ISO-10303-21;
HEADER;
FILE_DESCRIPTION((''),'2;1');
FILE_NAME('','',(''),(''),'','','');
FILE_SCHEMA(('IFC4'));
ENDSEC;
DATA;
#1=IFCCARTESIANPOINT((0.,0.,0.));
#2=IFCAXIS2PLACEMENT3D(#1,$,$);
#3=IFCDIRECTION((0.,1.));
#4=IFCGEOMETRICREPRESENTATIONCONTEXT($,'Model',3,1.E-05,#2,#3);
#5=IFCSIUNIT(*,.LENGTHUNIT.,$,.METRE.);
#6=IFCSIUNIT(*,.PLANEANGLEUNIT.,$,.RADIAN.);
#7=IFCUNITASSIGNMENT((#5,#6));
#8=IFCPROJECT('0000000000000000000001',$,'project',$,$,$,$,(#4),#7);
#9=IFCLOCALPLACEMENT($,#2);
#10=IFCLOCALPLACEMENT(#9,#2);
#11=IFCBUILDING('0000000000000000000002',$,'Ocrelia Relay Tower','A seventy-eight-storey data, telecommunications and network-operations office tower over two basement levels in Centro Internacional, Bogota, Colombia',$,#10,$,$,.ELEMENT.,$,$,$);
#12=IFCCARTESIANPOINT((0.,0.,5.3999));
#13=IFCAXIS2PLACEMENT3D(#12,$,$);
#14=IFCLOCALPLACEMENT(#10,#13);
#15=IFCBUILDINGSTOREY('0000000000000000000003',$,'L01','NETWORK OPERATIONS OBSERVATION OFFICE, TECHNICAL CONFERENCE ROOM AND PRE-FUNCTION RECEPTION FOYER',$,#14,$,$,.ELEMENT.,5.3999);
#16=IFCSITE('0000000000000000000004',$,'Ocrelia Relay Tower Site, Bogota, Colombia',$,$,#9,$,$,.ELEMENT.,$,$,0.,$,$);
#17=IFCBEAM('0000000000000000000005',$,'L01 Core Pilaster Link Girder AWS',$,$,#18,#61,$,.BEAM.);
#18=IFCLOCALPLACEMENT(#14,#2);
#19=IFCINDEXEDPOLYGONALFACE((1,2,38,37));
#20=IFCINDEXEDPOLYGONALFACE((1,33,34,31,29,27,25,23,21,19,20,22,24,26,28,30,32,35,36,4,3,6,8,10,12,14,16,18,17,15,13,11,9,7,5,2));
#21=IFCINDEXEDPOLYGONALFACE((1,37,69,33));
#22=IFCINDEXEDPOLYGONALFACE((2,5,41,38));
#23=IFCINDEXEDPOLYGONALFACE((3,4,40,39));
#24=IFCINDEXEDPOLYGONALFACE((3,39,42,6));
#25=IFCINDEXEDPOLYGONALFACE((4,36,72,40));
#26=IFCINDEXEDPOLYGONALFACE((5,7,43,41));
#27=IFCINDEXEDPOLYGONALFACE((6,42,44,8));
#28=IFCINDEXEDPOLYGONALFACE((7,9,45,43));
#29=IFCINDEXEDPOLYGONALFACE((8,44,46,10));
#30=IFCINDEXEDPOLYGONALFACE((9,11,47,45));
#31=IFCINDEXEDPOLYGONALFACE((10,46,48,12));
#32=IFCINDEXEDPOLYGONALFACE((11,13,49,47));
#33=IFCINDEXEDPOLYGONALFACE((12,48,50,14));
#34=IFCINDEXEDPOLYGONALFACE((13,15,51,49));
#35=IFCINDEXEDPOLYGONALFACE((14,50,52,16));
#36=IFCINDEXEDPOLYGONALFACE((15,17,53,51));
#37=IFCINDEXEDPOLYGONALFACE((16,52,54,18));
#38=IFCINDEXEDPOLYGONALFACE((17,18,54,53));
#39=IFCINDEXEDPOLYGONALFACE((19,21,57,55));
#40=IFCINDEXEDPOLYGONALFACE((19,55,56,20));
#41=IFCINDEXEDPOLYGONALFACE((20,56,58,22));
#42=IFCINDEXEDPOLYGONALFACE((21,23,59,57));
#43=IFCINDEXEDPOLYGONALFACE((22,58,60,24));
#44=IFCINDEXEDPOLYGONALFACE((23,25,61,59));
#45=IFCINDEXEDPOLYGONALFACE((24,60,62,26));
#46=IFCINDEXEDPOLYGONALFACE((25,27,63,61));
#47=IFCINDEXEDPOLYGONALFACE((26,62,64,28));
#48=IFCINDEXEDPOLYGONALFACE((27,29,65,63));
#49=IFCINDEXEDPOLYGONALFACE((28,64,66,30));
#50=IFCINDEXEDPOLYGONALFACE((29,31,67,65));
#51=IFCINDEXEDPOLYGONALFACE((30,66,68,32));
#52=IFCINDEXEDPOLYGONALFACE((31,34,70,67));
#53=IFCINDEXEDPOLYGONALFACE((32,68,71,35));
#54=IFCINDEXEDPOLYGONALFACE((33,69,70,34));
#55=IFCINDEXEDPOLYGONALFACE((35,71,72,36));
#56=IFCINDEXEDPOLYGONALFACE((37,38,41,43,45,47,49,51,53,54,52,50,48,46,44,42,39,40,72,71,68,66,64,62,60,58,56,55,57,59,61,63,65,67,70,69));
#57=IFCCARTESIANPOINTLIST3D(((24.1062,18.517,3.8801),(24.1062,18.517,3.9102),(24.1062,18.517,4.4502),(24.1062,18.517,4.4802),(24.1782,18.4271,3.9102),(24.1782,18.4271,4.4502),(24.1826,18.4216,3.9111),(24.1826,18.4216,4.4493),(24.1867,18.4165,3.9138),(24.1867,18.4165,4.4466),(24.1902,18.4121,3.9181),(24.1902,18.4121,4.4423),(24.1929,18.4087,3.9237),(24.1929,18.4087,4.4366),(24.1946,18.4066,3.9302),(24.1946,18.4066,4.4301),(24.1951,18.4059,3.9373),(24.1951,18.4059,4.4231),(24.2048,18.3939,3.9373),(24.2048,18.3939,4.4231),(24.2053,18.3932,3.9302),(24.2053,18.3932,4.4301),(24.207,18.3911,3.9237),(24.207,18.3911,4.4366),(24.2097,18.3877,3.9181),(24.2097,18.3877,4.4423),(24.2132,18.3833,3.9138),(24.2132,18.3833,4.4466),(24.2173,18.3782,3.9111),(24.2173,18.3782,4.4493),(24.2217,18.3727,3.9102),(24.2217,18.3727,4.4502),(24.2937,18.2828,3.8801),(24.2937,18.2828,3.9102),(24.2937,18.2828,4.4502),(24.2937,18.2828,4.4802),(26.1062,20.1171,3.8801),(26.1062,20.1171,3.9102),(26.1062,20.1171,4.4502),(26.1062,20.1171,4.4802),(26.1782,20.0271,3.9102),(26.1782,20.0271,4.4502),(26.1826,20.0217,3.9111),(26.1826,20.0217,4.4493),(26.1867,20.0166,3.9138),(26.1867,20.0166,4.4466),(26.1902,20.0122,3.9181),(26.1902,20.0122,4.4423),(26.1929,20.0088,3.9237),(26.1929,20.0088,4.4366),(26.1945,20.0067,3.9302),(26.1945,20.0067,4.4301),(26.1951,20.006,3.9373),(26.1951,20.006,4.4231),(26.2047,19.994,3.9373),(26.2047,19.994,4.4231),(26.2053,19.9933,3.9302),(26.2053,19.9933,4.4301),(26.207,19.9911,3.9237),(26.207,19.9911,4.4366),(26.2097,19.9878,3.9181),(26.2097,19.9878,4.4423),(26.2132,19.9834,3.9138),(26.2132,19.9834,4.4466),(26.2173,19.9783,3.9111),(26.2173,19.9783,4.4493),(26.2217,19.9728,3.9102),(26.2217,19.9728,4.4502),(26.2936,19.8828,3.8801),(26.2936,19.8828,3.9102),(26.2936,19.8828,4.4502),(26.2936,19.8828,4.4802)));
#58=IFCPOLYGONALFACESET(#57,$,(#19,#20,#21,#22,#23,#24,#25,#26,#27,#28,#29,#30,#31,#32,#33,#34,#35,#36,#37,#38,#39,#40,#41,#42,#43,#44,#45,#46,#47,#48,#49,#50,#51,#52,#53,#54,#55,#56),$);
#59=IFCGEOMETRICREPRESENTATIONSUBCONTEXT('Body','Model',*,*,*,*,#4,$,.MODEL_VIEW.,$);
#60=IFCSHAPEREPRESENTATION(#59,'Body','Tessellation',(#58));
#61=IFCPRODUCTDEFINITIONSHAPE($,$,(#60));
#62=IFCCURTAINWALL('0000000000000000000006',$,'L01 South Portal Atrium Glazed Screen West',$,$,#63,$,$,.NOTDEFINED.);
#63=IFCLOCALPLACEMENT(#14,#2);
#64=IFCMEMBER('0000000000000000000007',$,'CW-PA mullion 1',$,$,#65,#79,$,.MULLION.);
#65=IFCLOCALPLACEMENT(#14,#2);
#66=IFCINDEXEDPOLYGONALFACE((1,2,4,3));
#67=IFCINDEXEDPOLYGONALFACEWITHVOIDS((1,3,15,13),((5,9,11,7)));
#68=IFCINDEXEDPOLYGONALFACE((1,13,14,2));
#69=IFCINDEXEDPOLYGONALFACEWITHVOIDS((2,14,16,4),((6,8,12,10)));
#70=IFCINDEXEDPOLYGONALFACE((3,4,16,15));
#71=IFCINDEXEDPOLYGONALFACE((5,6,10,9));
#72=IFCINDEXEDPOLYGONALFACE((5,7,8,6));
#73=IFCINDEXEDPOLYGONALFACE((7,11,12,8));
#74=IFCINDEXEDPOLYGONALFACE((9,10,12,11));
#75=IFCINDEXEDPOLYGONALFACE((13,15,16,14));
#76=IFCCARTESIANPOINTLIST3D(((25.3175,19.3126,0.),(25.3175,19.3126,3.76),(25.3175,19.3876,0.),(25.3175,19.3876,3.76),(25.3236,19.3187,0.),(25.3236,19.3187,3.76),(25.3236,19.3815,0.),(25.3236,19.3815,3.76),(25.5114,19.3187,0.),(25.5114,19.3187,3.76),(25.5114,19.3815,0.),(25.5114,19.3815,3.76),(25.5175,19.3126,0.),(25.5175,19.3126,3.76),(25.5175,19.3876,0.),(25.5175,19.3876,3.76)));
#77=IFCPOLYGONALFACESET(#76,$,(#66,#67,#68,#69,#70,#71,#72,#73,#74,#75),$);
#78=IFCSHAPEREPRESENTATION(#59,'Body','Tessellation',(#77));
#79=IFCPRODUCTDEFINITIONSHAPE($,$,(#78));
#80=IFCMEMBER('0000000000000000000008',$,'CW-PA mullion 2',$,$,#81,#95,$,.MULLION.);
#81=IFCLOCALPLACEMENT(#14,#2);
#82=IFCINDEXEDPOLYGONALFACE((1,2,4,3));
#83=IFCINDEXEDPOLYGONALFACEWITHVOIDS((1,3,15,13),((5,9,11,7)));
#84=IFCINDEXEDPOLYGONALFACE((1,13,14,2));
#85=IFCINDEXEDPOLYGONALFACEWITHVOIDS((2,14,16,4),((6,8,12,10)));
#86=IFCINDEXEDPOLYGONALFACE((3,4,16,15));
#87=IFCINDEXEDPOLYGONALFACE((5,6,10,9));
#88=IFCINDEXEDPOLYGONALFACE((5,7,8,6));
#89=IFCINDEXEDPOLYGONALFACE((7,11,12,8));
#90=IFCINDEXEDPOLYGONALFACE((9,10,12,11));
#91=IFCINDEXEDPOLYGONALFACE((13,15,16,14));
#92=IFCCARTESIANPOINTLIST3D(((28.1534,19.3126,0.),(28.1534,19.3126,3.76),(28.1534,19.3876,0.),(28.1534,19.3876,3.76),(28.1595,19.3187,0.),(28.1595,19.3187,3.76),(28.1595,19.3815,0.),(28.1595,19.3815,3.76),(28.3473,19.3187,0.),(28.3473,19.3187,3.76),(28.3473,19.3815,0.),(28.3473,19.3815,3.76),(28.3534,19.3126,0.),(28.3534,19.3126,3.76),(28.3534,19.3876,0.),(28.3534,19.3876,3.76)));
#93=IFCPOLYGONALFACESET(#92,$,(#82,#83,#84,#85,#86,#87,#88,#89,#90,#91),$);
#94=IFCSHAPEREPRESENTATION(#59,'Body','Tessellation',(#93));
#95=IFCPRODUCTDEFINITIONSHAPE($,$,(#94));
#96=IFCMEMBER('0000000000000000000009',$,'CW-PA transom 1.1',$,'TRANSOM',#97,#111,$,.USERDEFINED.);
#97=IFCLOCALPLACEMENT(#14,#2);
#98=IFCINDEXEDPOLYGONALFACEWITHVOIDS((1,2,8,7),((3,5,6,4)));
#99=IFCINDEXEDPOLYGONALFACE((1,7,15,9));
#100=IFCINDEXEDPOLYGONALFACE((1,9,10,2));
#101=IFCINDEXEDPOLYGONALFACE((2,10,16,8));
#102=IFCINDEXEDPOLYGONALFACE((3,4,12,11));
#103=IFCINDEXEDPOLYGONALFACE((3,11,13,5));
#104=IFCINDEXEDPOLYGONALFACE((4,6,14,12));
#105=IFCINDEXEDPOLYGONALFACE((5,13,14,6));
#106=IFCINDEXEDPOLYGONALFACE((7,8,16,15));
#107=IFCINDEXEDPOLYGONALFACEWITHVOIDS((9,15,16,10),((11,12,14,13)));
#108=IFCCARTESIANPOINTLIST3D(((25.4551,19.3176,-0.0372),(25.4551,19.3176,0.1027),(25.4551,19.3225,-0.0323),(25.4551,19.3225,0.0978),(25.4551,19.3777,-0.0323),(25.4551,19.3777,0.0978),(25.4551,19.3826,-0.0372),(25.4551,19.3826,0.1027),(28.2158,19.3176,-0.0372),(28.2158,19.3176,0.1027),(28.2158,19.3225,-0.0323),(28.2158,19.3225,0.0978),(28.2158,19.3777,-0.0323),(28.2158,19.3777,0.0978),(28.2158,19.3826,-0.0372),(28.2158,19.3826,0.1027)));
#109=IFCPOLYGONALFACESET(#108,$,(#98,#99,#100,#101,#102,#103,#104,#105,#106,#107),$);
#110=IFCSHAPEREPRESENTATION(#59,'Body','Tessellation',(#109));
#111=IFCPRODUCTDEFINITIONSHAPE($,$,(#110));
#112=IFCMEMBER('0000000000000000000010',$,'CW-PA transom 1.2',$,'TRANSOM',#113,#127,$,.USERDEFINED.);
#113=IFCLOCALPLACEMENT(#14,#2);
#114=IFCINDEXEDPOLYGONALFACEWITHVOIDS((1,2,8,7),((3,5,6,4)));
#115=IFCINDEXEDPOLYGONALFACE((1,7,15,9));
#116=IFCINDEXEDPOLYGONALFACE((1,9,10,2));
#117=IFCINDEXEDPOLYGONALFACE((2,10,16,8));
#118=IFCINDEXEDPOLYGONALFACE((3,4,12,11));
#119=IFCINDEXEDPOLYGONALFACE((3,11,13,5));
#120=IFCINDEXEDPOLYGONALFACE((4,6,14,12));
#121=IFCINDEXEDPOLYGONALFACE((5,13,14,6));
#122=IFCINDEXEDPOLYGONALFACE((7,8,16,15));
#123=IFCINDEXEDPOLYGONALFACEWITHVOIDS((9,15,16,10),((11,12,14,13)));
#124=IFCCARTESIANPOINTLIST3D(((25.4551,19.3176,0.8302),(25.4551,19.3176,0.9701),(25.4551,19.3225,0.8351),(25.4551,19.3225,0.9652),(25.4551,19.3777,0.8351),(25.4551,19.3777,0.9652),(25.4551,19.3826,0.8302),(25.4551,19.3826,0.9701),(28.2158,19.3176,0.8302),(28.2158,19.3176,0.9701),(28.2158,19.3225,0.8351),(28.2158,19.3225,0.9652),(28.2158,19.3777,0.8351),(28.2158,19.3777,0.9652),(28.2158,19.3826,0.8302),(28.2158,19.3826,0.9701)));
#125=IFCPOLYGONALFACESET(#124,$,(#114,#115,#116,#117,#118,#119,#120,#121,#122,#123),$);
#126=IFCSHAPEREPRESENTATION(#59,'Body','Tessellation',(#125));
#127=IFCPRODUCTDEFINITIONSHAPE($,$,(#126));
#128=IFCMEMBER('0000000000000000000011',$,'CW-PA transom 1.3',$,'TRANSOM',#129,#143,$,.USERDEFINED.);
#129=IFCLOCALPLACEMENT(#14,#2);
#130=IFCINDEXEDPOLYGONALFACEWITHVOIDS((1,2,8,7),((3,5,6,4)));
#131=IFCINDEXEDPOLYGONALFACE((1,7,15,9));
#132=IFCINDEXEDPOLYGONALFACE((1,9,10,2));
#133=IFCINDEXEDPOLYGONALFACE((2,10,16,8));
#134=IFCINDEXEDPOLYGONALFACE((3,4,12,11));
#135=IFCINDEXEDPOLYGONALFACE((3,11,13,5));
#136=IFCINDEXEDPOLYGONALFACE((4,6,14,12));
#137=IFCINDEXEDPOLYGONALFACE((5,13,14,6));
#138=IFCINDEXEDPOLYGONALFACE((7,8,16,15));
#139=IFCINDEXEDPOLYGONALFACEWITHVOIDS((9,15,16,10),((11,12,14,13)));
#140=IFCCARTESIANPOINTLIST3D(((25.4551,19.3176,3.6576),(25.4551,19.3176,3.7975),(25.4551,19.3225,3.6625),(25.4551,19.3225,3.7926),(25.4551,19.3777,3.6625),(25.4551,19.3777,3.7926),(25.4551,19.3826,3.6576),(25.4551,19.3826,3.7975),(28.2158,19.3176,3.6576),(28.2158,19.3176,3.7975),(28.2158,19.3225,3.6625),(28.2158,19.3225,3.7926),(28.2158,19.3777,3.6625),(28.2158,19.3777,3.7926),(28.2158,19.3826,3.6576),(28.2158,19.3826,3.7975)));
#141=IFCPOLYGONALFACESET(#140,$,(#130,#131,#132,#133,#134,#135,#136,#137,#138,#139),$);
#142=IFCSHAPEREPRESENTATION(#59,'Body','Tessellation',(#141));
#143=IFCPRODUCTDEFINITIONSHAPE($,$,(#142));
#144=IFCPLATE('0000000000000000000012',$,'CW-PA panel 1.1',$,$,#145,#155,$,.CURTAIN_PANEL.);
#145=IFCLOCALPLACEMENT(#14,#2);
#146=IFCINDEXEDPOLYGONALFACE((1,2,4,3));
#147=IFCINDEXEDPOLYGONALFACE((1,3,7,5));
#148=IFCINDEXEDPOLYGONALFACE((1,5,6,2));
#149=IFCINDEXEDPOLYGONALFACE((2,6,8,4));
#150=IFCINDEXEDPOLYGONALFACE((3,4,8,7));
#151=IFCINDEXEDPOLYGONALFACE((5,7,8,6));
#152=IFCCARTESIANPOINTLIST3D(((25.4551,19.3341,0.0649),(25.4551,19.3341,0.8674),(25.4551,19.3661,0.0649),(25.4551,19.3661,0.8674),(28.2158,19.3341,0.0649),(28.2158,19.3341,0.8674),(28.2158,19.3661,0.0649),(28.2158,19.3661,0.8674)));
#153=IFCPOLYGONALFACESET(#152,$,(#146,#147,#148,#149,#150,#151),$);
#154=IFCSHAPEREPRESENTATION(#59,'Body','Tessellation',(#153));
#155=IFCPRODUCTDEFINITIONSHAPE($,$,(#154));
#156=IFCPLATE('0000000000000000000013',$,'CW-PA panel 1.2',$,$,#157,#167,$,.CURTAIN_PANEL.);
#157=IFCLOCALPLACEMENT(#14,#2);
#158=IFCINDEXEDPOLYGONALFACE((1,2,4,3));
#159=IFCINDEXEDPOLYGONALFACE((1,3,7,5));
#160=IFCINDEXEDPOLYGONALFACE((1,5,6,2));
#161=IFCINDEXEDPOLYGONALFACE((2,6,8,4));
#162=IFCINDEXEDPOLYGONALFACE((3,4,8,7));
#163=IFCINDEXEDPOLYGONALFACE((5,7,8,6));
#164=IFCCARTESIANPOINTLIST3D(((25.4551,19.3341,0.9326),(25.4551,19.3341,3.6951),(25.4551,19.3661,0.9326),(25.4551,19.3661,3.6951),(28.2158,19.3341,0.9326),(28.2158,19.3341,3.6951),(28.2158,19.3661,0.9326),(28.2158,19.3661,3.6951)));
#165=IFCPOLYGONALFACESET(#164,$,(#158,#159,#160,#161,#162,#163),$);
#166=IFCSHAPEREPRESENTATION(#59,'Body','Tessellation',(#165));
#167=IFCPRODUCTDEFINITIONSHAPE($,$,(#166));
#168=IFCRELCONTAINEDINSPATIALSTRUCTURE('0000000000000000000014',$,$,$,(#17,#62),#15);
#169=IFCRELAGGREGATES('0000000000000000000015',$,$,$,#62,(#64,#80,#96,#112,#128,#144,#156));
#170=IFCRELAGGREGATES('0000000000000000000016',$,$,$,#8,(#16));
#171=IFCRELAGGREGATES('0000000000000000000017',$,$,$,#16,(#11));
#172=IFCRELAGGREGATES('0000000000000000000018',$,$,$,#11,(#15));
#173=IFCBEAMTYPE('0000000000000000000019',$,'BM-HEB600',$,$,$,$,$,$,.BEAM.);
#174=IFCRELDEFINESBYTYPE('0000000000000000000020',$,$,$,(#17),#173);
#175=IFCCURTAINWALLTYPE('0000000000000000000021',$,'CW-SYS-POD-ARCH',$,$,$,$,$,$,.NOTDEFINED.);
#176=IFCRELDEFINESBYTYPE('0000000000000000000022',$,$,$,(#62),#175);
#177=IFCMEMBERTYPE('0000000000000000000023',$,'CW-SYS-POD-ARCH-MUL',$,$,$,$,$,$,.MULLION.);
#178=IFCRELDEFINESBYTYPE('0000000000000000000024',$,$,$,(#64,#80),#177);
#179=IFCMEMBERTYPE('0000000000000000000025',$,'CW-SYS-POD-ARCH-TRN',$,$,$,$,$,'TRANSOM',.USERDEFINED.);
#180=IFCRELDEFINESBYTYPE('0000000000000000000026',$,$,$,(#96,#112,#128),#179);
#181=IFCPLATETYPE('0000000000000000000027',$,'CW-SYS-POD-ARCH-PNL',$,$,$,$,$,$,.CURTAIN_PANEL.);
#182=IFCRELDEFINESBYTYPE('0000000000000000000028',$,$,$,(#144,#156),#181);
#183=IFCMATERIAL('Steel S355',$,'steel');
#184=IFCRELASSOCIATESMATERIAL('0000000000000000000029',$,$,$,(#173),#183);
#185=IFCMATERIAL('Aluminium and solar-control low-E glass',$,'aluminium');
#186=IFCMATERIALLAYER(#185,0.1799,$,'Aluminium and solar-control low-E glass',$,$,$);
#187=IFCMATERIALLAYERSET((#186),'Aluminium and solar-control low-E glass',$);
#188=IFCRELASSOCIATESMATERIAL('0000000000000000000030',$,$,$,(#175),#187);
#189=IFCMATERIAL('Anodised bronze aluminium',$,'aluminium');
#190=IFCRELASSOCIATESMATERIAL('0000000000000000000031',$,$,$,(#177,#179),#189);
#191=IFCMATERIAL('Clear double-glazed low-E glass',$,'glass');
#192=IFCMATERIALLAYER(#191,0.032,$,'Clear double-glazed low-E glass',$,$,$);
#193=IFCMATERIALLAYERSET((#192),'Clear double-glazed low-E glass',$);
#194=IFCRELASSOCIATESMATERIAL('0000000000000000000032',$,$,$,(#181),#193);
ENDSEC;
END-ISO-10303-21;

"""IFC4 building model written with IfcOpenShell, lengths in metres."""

from ifc_helpers import new_model, si_unit, direction, frame, origin, origin_2d, place, context, subcontext, project, spatial, rectangle, hollow_rectangle, i_section, extrude, material, layer, layer_set, material_profile, profile_set, type_object, element, aggregate, save


model = new_model("IFC4")

# Units and contexts
model_context = context("Model", 3, precision=1e-05, world=origin(), true_north=direction((0.0, 1.0)))
body_context = subcontext(model_context, "Body", "Model", "MODEL_VIEW")
ifc_project = project(units=[si_unit("LENGTHUNIT", "METRE"), si_unit("PLANEANGLEUNIT", "RADIAN")], contexts=[model_context])

# Site, building, storey
site_placement = place(None, origin())
site = spatial("IfcSite", under=ifc_project, at=site_placement, Name="Ocrelia Relay Tower Site, Bogota, Colombia", CompositionType="ELEMENT", RefElevation=0.0)
building_placement = place(site_placement, origin())
building = spatial("IfcBuilding", under=site, at=building_placement, Name="Ocrelia Relay Tower", Description="A seventy-eight-storey data, telecommunications and network-operations office tower over two basement levels in Centro Internacional, Bogota, Colombia", CompositionType="ELEMENT")
storey_placement = place(building_placement, frame((0.0, 0.0, 5.3999)))
storey = spatial("IfcBuildingStorey", under=building, at=storey_placement, Name="L01", Description="NETWORK OPERATIONS OBSERVATION OFFICE, TECHNICAL CONFERENCE ROOM AND PRE-FUNCTION RECEPTION FOYER", CompositionType="ELEMENT", Elevation=5.3999)

# Beam
ifc_material_1 = material(Name="Steel S355", Category="steel")
ifc_material_profile_1 = material_profile(ifc_material_1, i_section(OverallWidth=0.3, OverallDepth=0.6001, WebThickness=0.0154, FlangeThickness=0.03, FilletRadius=0.0271, at=origin_2d()), Name="HEB 600")
ifc_profile_set_1 = profile_set([ifc_material_profile_1], Name="Steel S355")
beam_type_1 = type_object("IfcBeamType", Name="BM-HEB600", PredefinedType="BEAM", material=ifc_profile_set_1)
beam_1_placement = place(storey_placement, frame((24.2, 18.3999, 4.1802), z_axis=(0.78085, 0.624718, 0.0), x_axis=(-0.624718, 0.78085, 0.0)))
element("IfcBeam", 1, at=beam_1_placement, inside=storey, type_object=beam_type_1, Name="L01 Core Pilaster Link Girder AWS", PredefinedType="BEAM", context=body_context, shape_type="SweptSolid", body=[
    extrude(i_section(OverallWidth=0.3, OverallDepth=0.6001, WebThickness=0.0154, FlangeThickness=0.03, FilletRadius=0.0271, at=origin_2d()), origin(), (0.0, 0.0, 1.0), 2.5613),
])

# Curtain wall, members, plates
ifc_material_2 = material(Name="Aluminium and solar-control low-E glass", Category="aluminium")
ifc_layer_1 = layer(ifc_material_2, 0.1799, Name="Aluminium and solar-control low-E glass")
ifc_layer_set_1 = layer_set([ifc_layer_1], Name="Aluminium and solar-control low-E glass")
curtain_wall_type = type_object("IfcCurtainWallType", Name="CW-SYS-POD-ARCH", PredefinedType="NOTDEFINED", material=ifc_layer_set_1)
curtain_wall_placement = place(storey_placement, origin())
curtain_wall = element("IfcCurtainWall", 2, at=curtain_wall_placement, inside=storey, type_object=curtain_wall_type, Name="L01 South Portal Atrium Glazed Screen West", PredefinedType="NOTDEFINED")
ifc_material_3 = material(Name="Anodised bronze aluminium", Category="aluminium")
ifc_material_profile_2 = material_profile(ifc_material_3, hollow_rectangle(XDim=0.075, YDim=0.2, WallThickness=0.0061, at=origin_2d()), Name="CW-MUL-200x75")
ifc_profile_set_2 = profile_set([ifc_material_profile_2], Name="Anodised bronze aluminium")
member_type_1 = type_object("IfcMemberType", Name="CW-SYS-POD-ARCH-MUL", PredefinedType="MULLION", material=ifc_profile_set_2)
member_1_placement = place(storey_placement, frame((25.4175, 19.3501, 0.0), z_axis=(0.0, 0.0, 1.0), x_axis=(0.0, 1.0, 0.0)))
member_1 = element("IfcMember", 3, at=member_1_placement, type_object=member_type_1, Name="CW-PA mullion 1", PredefinedType="MULLION", context=body_context, shape_type="SweptSolid", body=[
    extrude(hollow_rectangle(XDim=0.075, YDim=0.2, WallThickness=0.0061, at=origin_2d()), origin(), (0.0, 0.0, 1.0), 3.76),
])
member_2_placement = place(storey_placement, frame((28.2534, 19.3501, 0.0), z_axis=(0.0, 0.0, 1.0), x_axis=(0.0, 1.0, 0.0)))
member_2 = element("IfcMember", 4, at=member_2_placement, type_object=member_type_1, Name="CW-PA mullion 2", PredefinedType="MULLION", context=body_context, shape_type="SweptSolid", body=[
    extrude(hollow_rectangle(XDim=0.075, YDim=0.2, WallThickness=0.0061, at=origin_2d()), origin(), (0.0, 0.0, 1.0), 3.76),
])
ifc_material_profile_3 = material_profile(ifc_material_3, hollow_rectangle(XDim=0.0649, YDim=0.1399, WallThickness=0.0049, at=origin_2d()), Name="CW-TRN-140x65")
ifc_profile_set_3 = profile_set([ifc_material_profile_3], Name="Anodised bronze aluminium")
member_type_2 = type_object("IfcMemberType", Name="CW-SYS-POD-ARCH-TRN", ElementType="TRANSOM", PredefinedType="USERDEFINED", material=ifc_profile_set_3)
member_3_placement = place(storey_placement, frame((25.4551, 19.3501, 0.0327), z_axis=(1.0, 0.0, 0.0), x_axis=(0.0, 1.0, 0.0)))
member_3 = element("IfcMember", 5, at=member_3_placement, type_object=member_type_2, Name="CW-PA transom 1.1", ObjectType="TRANSOM", PredefinedType="USERDEFINED", context=body_context, shape_type="SweptSolid", body=[
    extrude(hollow_rectangle(XDim=0.0649, YDim=0.1399, WallThickness=0.0049, at=origin_2d()), origin(), (0.0, 0.0, 1.0), 2.7607),
])
member_4_placement = place(storey_placement, frame((25.4551, 19.3501, 0.9001), z_axis=(1.0, 0.0, 0.0), x_axis=(0.0, 1.0, 0.0)))
member_4 = element("IfcMember", 6, at=member_4_placement, type_object=member_type_2, Name="CW-PA transom 1.2", ObjectType="TRANSOM", PredefinedType="USERDEFINED", context=body_context, shape_type="SweptSolid", body=[
    extrude(hollow_rectangle(XDim=0.0649, YDim=0.1399, WallThickness=0.0049, at=origin_2d()), origin(), (0.0, 0.0, 1.0), 2.7607),
])
member_5_placement = place(storey_placement, frame((25.4551, 19.3501, 3.7275), z_axis=(1.0, 0.0, 0.0), x_axis=(0.0, 1.0, 0.0)))
member_5 = element("IfcMember", 7, at=member_5_placement, type_object=member_type_2, Name="CW-PA transom 1.3", ObjectType="TRANSOM", PredefinedType="USERDEFINED", context=body_context, shape_type="SweptSolid", body=[
    extrude(hollow_rectangle(XDim=0.0649, YDim=0.1399, WallThickness=0.0049, at=origin_2d()), origin(), (0.0, 0.0, 1.0), 2.7607),
])
ifc_material_4 = material(Name="Clear double-glazed low-E glass", Category="glass")
ifc_layer_2 = layer(ifc_material_4, 0.032, Name="Clear double-glazed low-E glass")
ifc_layer_set_2 = layer_set([ifc_layer_2], Name="Clear double-glazed low-E glass")
plate_type = type_object("IfcPlateType", Name="CW-SYS-POD-ARCH-PNL", PredefinedType="CURTAIN_PANEL", material=ifc_layer_set_2)
plate_1_placement = place(storey_placement, frame((26.8354, 19.3501, 0.0649), z_axis=(0.0, 0.0, 1.0), x_axis=(1.0, 0.0, 0.0)))
plate_1 = element("IfcPlate", 8, at=plate_1_placement, type_object=plate_type, Name="CW-PA panel 1.1", PredefinedType="CURTAIN_PANEL", context=body_context, shape_type="SweptSolid", body=[
    extrude(rectangle(XDim=2.7607, YDim=0.032, at=origin_2d()), origin(), (0.0, 0.0, 1.0), 0.8025),
])
plate_2_placement = place(storey_placement, frame((26.8354, 19.3501, 0.9326), z_axis=(0.0, 0.0, 1.0), x_axis=(1.0, 0.0, 0.0)))
plate_2 = element("IfcPlate", 9, at=plate_2_placement, type_object=plate_type, Name="CW-PA panel 1.2", PredefinedType="CURTAIN_PANEL", context=body_context, shape_type="SweptSolid", body=[
    extrude(rectangle(XDim=2.7607, YDim=0.032, at=origin_2d()), origin(), (0.0, 0.0, 1.0), 2.7625),
])
aggregate(curtain_wall, [member_1, member_2, member_3, member_4, member_5, plate_1, plate_2])

save(model, "model.ifc")
